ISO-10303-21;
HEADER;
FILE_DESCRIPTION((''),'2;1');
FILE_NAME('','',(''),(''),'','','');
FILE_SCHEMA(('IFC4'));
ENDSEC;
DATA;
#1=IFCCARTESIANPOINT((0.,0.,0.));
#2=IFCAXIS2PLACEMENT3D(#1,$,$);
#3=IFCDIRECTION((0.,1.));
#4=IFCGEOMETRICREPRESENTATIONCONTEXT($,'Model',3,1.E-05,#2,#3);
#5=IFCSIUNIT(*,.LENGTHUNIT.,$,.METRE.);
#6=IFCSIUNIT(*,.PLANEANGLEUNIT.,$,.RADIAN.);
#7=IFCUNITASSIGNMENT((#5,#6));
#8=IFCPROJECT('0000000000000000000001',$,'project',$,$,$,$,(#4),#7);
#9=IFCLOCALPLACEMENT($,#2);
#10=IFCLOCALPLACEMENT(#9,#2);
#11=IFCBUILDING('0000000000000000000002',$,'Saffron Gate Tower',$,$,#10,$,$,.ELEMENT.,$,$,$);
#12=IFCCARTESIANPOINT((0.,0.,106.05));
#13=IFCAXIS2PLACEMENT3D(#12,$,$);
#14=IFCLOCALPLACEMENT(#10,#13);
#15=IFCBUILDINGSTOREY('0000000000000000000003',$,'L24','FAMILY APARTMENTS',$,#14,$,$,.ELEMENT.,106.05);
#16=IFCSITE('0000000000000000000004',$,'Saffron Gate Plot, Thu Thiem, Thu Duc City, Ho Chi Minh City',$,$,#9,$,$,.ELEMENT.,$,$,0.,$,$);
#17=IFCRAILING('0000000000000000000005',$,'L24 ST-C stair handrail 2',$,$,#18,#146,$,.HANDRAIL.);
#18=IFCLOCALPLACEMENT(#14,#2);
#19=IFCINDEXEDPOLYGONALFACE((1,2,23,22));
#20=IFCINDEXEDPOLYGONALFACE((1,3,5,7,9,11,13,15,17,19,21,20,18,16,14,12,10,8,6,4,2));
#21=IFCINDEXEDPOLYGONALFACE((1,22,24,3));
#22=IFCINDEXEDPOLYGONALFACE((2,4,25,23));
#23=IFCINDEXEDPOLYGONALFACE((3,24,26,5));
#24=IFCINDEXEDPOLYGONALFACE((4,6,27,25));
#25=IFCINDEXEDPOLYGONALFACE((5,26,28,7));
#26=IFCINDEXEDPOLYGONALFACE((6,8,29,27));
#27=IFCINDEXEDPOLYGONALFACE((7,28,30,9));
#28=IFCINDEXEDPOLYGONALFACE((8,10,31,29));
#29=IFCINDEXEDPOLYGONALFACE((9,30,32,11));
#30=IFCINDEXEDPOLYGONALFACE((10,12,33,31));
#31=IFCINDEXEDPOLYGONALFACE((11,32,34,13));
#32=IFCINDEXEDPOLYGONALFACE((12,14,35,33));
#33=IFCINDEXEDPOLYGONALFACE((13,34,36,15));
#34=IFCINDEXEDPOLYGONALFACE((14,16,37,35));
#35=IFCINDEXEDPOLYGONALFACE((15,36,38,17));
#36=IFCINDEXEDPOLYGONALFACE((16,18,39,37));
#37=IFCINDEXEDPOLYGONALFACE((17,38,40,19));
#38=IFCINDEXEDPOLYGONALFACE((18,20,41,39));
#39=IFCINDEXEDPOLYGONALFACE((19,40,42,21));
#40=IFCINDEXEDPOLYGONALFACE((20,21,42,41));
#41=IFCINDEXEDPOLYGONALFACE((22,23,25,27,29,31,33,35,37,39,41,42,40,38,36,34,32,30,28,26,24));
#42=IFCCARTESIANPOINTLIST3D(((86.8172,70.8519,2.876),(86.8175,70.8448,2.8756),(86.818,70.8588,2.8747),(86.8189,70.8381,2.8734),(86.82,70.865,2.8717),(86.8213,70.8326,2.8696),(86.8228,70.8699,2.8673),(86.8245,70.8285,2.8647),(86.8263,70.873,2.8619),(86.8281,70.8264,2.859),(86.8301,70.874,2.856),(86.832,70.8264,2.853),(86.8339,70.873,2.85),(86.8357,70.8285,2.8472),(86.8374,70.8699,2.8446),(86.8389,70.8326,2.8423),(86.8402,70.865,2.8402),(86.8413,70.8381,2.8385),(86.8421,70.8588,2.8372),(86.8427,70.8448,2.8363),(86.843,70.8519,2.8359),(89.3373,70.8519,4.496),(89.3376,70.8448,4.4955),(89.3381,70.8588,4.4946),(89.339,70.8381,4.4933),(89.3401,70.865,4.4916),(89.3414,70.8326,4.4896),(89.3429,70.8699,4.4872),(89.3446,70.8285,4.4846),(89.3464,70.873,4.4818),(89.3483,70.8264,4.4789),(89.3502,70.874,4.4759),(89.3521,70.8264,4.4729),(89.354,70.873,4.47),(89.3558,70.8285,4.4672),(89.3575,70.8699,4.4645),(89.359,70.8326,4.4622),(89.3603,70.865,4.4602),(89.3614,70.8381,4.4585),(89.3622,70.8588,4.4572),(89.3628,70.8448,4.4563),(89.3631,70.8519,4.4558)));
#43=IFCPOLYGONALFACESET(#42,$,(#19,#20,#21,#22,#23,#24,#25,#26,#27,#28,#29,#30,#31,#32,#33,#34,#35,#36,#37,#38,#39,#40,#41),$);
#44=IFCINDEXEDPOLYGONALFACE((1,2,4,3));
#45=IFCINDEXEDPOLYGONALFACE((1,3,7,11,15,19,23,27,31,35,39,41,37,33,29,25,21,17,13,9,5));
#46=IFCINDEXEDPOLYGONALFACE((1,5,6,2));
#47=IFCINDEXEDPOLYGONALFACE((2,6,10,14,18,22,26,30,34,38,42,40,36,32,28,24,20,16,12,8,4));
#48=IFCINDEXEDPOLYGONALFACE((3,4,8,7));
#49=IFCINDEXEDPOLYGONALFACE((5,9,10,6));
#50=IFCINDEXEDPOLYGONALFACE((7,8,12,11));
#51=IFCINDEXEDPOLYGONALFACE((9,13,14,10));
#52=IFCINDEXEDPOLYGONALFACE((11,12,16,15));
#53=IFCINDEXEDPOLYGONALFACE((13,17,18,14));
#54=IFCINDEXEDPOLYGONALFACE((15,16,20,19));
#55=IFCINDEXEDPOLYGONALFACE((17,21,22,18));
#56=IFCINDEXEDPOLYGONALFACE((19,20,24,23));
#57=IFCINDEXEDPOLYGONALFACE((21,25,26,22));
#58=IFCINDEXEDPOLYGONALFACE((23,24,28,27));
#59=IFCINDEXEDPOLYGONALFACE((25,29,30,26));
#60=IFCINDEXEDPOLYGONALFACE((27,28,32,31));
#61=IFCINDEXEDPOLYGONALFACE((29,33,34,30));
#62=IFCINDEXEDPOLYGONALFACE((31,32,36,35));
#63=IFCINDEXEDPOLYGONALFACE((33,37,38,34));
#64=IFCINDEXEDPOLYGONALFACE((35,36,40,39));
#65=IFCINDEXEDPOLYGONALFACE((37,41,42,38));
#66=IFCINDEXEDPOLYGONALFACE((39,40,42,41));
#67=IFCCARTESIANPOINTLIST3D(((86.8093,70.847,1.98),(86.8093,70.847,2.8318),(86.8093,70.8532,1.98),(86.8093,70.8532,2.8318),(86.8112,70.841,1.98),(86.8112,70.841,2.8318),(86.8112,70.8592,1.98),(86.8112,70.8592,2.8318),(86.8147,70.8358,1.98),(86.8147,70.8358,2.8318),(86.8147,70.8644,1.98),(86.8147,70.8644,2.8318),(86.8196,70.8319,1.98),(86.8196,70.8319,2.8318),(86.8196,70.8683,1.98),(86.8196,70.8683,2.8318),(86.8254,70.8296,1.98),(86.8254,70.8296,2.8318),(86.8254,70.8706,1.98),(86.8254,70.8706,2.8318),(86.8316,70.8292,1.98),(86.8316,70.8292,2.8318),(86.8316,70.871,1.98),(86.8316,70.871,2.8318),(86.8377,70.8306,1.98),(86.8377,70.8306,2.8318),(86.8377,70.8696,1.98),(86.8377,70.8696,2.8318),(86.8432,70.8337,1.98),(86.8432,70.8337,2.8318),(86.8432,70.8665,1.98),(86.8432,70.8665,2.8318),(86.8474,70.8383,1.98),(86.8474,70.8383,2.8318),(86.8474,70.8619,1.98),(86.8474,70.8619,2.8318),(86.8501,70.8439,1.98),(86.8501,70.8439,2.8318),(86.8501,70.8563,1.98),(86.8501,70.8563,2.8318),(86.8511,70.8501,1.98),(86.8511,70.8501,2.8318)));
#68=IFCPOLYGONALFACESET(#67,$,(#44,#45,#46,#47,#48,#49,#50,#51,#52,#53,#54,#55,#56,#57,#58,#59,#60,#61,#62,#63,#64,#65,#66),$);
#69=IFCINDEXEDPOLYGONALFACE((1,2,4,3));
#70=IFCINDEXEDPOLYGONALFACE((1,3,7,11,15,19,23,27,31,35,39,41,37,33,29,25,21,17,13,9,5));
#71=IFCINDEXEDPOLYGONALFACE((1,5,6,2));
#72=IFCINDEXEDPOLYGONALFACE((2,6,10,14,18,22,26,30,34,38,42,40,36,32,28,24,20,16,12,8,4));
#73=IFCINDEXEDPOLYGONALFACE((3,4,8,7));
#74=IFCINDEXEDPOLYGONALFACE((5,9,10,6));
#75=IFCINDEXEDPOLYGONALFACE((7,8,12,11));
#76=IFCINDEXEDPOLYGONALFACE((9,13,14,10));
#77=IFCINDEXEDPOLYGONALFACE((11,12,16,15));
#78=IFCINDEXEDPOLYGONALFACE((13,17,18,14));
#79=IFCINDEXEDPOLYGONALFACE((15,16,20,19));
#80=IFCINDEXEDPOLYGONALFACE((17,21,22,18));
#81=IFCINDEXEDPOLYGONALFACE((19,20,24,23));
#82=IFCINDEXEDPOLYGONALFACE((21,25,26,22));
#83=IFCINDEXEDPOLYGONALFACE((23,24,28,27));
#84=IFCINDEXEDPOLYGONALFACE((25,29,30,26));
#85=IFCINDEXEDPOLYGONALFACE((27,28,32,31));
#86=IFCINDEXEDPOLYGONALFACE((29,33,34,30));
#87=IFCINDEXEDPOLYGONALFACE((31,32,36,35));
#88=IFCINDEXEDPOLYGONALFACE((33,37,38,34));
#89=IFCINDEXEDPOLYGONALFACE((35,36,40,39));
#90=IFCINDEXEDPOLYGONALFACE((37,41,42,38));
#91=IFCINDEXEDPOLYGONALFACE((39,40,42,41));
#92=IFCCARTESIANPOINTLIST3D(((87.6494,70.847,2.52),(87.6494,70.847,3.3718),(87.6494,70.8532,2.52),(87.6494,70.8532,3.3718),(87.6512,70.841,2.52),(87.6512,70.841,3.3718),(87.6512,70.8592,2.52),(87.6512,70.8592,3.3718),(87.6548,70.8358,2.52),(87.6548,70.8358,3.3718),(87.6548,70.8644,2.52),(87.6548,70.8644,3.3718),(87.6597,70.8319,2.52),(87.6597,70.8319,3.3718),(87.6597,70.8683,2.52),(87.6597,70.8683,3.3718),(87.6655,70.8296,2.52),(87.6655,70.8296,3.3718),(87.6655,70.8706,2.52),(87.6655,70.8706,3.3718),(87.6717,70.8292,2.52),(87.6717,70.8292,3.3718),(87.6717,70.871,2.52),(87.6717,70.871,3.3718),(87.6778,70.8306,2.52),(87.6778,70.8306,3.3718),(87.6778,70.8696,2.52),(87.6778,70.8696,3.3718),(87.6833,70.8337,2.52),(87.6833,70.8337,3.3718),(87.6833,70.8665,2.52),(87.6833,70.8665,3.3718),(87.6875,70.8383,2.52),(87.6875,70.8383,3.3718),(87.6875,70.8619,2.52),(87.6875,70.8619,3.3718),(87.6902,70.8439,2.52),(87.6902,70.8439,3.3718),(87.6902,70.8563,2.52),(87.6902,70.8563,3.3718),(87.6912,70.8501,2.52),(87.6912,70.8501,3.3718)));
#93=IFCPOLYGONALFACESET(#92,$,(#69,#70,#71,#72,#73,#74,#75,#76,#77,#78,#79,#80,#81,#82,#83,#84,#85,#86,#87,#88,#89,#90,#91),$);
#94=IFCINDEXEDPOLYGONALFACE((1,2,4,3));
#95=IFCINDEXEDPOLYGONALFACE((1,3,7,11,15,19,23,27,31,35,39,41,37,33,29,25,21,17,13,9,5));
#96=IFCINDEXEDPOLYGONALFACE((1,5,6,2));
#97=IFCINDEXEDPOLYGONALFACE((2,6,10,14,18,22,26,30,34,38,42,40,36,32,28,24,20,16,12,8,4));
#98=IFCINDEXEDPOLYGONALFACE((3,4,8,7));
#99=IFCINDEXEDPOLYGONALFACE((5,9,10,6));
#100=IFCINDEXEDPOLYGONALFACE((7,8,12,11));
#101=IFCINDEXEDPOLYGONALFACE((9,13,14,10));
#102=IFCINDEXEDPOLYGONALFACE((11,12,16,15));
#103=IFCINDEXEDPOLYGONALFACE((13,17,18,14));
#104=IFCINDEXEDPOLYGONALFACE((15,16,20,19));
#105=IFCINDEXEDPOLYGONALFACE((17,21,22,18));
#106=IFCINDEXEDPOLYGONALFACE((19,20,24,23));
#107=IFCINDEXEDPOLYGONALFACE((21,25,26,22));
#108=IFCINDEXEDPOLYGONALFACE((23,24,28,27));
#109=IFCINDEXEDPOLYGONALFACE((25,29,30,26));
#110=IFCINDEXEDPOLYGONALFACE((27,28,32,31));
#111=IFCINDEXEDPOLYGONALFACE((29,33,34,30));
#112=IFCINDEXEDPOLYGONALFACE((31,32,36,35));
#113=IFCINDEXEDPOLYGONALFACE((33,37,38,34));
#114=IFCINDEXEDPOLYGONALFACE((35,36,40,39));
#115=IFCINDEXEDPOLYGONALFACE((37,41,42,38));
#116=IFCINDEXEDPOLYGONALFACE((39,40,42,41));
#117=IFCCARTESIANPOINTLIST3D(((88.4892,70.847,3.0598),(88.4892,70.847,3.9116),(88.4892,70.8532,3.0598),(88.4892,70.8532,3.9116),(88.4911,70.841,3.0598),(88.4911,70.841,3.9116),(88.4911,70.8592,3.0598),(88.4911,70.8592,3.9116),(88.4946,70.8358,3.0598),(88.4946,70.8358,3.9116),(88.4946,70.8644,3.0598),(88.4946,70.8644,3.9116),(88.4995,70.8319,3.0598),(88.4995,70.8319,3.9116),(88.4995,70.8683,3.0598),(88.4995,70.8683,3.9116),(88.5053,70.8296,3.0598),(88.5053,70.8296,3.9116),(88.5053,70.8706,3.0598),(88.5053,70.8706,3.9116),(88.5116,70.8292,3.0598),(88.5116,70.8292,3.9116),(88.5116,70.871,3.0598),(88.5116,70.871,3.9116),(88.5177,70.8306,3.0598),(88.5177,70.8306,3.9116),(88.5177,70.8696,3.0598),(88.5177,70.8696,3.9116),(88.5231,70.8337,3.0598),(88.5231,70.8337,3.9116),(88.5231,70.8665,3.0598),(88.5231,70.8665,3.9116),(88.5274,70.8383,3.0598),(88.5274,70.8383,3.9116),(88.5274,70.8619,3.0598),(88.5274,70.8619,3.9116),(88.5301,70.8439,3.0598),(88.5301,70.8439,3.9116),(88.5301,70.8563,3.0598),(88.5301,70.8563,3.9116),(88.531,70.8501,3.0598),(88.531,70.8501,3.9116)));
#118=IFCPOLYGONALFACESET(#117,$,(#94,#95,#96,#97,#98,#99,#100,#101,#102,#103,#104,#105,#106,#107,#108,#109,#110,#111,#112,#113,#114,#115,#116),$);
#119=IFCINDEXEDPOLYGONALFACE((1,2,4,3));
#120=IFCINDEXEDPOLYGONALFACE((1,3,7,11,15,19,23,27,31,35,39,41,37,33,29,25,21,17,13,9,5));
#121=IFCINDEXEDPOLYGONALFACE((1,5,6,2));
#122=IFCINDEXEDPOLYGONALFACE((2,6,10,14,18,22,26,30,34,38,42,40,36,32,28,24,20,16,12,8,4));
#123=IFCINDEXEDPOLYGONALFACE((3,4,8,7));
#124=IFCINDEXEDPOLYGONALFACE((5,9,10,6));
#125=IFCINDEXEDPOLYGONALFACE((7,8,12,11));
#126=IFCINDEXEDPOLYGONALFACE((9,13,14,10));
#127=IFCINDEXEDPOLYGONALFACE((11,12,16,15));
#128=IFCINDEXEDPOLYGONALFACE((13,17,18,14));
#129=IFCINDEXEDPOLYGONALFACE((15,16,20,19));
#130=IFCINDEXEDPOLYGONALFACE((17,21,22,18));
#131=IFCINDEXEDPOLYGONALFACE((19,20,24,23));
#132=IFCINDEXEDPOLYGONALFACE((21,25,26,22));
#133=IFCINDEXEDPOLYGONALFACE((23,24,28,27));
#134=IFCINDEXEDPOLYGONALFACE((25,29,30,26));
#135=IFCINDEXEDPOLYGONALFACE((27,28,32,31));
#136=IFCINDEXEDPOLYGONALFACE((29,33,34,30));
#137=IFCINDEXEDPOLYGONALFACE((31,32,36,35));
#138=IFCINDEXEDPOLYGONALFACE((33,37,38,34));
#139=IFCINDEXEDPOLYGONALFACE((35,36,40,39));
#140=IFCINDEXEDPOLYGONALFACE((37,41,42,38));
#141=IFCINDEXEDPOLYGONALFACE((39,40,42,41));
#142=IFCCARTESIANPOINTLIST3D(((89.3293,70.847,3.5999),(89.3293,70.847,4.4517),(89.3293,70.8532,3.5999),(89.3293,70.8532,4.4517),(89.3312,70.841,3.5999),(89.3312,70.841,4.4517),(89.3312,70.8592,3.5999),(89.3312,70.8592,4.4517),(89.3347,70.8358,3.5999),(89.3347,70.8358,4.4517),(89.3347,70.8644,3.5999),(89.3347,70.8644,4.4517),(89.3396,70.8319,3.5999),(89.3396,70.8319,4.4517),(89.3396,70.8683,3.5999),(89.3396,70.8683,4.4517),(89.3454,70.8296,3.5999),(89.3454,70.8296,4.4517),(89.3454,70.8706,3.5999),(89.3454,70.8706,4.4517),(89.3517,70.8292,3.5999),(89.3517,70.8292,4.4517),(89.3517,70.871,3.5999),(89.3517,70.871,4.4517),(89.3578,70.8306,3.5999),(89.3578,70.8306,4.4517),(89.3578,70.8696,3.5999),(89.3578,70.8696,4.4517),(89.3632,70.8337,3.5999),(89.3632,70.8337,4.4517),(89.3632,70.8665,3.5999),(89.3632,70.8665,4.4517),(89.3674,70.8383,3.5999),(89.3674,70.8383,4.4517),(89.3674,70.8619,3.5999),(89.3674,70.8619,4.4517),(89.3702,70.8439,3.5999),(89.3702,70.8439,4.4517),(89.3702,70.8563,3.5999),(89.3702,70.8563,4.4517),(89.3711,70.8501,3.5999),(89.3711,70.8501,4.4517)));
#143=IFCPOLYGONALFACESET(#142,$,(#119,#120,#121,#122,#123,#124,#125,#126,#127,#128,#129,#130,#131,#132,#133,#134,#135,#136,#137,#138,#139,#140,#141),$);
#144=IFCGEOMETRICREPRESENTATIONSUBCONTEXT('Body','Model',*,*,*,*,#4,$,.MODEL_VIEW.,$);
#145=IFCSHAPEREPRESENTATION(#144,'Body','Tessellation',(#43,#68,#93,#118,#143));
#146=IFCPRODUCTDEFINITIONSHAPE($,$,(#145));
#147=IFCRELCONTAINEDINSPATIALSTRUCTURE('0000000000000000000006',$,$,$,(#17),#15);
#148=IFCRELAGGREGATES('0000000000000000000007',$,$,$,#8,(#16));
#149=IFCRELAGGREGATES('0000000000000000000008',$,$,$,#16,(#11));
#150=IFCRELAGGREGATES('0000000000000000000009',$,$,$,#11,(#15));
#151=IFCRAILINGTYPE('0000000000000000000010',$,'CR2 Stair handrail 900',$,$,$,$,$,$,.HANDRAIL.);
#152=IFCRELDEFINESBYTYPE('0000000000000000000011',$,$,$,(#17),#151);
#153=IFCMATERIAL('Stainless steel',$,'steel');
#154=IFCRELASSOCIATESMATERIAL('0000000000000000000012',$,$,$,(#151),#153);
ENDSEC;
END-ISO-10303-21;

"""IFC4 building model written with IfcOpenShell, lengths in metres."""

from ifc_helpers import new_model, si_unit, direction, frame, origin, origin_2d, place, context, subcontext, project, spatial, circle, extrude, material, type_object, element, save


model = new_model("IFC4")

# Units and contexts
model_context = context("Model", 3, precision=1e-05, world=origin(), true_north=direction((0.0, 1.0)))
body_context = subcontext(model_context, "Body", "Model", "MODEL_VIEW")
ifc_project = project(units=[si_unit("LENGTHUNIT", "METRE"), si_unit("PLANEANGLEUNIT", "RADIAN")], contexts=[model_context])

# Site, building, storey
site_placement = place(None, origin())
site = spatial("IfcSite", under=ifc_project, at=site_placement, Name="Saffron Gate Plot, Thu Thiem, Thu Duc City, Ho Chi Minh City", CompositionType="ELEMENT", RefElevation=0.0)
building_placement = place(site_placement, origin())
building = spatial("IfcBuilding", under=site, at=building_placement, Name="Saffron Gate Tower", CompositionType="ELEMENT")
storey_placement = place(building_placement, frame((0.0, 0.0, 106.05)))
storey = spatial("IfcBuildingStorey", under=building, at=storey_placement, Name="L24", Description="FAMILY APARTMENTS", CompositionType="ELEMENT", Elevation=106.05)

# Railing
ifc_material_1 = material(Name="Stainless steel", Category="steel")
railing_type_1 = type_object("IfcRailingType", Name="CR2 Stair handrail 900", PredefinedType="HANDRAIL", material=ifc_material_1)
railing_1_placement = place(storey_placement, frame((86.8301, 70.8501, 1.98)))
element("IfcRailing", 1, at=railing_1_placement, inside=storey, type_object=railing_type_1, Name="L24 ST-C stair handrail 2", PredefinedType="HANDRAIL", context=body_context, shape_type="SweptSolid", body=[
    extrude(circle(Radius=0.0239, at=origin_2d()), frame((0.0, 0.0, 0.876), z_axis=(0.8412, 0.0, 0.540725), x_axis=(0.0, 1.0, 0.0)), (0.0, 0.0, 1.0), 2.9958),
    extrude(circle(Radius=0.021, at=origin_2d()), origin(), (0.0, 0.0, 1.0), 0.8518),
    extrude(circle(Radius=0.021, at=origin_2d()), frame((0.8401, 0.0, 0.54)), (0.0, 0.0, 1.0), 0.8518),
    extrude(circle(Radius=0.021, at=origin_2d()), frame((1.6799, 0.0, 1.0798)), (0.0, 0.0, 1.0), 0.8518),
    extrude(circle(Radius=0.021, at=origin_2d()), frame((2.52, 0.0, 1.6199)), (0.0, 0.0, 1.0), 0.8518),
])

save(model, "model.ifc")
